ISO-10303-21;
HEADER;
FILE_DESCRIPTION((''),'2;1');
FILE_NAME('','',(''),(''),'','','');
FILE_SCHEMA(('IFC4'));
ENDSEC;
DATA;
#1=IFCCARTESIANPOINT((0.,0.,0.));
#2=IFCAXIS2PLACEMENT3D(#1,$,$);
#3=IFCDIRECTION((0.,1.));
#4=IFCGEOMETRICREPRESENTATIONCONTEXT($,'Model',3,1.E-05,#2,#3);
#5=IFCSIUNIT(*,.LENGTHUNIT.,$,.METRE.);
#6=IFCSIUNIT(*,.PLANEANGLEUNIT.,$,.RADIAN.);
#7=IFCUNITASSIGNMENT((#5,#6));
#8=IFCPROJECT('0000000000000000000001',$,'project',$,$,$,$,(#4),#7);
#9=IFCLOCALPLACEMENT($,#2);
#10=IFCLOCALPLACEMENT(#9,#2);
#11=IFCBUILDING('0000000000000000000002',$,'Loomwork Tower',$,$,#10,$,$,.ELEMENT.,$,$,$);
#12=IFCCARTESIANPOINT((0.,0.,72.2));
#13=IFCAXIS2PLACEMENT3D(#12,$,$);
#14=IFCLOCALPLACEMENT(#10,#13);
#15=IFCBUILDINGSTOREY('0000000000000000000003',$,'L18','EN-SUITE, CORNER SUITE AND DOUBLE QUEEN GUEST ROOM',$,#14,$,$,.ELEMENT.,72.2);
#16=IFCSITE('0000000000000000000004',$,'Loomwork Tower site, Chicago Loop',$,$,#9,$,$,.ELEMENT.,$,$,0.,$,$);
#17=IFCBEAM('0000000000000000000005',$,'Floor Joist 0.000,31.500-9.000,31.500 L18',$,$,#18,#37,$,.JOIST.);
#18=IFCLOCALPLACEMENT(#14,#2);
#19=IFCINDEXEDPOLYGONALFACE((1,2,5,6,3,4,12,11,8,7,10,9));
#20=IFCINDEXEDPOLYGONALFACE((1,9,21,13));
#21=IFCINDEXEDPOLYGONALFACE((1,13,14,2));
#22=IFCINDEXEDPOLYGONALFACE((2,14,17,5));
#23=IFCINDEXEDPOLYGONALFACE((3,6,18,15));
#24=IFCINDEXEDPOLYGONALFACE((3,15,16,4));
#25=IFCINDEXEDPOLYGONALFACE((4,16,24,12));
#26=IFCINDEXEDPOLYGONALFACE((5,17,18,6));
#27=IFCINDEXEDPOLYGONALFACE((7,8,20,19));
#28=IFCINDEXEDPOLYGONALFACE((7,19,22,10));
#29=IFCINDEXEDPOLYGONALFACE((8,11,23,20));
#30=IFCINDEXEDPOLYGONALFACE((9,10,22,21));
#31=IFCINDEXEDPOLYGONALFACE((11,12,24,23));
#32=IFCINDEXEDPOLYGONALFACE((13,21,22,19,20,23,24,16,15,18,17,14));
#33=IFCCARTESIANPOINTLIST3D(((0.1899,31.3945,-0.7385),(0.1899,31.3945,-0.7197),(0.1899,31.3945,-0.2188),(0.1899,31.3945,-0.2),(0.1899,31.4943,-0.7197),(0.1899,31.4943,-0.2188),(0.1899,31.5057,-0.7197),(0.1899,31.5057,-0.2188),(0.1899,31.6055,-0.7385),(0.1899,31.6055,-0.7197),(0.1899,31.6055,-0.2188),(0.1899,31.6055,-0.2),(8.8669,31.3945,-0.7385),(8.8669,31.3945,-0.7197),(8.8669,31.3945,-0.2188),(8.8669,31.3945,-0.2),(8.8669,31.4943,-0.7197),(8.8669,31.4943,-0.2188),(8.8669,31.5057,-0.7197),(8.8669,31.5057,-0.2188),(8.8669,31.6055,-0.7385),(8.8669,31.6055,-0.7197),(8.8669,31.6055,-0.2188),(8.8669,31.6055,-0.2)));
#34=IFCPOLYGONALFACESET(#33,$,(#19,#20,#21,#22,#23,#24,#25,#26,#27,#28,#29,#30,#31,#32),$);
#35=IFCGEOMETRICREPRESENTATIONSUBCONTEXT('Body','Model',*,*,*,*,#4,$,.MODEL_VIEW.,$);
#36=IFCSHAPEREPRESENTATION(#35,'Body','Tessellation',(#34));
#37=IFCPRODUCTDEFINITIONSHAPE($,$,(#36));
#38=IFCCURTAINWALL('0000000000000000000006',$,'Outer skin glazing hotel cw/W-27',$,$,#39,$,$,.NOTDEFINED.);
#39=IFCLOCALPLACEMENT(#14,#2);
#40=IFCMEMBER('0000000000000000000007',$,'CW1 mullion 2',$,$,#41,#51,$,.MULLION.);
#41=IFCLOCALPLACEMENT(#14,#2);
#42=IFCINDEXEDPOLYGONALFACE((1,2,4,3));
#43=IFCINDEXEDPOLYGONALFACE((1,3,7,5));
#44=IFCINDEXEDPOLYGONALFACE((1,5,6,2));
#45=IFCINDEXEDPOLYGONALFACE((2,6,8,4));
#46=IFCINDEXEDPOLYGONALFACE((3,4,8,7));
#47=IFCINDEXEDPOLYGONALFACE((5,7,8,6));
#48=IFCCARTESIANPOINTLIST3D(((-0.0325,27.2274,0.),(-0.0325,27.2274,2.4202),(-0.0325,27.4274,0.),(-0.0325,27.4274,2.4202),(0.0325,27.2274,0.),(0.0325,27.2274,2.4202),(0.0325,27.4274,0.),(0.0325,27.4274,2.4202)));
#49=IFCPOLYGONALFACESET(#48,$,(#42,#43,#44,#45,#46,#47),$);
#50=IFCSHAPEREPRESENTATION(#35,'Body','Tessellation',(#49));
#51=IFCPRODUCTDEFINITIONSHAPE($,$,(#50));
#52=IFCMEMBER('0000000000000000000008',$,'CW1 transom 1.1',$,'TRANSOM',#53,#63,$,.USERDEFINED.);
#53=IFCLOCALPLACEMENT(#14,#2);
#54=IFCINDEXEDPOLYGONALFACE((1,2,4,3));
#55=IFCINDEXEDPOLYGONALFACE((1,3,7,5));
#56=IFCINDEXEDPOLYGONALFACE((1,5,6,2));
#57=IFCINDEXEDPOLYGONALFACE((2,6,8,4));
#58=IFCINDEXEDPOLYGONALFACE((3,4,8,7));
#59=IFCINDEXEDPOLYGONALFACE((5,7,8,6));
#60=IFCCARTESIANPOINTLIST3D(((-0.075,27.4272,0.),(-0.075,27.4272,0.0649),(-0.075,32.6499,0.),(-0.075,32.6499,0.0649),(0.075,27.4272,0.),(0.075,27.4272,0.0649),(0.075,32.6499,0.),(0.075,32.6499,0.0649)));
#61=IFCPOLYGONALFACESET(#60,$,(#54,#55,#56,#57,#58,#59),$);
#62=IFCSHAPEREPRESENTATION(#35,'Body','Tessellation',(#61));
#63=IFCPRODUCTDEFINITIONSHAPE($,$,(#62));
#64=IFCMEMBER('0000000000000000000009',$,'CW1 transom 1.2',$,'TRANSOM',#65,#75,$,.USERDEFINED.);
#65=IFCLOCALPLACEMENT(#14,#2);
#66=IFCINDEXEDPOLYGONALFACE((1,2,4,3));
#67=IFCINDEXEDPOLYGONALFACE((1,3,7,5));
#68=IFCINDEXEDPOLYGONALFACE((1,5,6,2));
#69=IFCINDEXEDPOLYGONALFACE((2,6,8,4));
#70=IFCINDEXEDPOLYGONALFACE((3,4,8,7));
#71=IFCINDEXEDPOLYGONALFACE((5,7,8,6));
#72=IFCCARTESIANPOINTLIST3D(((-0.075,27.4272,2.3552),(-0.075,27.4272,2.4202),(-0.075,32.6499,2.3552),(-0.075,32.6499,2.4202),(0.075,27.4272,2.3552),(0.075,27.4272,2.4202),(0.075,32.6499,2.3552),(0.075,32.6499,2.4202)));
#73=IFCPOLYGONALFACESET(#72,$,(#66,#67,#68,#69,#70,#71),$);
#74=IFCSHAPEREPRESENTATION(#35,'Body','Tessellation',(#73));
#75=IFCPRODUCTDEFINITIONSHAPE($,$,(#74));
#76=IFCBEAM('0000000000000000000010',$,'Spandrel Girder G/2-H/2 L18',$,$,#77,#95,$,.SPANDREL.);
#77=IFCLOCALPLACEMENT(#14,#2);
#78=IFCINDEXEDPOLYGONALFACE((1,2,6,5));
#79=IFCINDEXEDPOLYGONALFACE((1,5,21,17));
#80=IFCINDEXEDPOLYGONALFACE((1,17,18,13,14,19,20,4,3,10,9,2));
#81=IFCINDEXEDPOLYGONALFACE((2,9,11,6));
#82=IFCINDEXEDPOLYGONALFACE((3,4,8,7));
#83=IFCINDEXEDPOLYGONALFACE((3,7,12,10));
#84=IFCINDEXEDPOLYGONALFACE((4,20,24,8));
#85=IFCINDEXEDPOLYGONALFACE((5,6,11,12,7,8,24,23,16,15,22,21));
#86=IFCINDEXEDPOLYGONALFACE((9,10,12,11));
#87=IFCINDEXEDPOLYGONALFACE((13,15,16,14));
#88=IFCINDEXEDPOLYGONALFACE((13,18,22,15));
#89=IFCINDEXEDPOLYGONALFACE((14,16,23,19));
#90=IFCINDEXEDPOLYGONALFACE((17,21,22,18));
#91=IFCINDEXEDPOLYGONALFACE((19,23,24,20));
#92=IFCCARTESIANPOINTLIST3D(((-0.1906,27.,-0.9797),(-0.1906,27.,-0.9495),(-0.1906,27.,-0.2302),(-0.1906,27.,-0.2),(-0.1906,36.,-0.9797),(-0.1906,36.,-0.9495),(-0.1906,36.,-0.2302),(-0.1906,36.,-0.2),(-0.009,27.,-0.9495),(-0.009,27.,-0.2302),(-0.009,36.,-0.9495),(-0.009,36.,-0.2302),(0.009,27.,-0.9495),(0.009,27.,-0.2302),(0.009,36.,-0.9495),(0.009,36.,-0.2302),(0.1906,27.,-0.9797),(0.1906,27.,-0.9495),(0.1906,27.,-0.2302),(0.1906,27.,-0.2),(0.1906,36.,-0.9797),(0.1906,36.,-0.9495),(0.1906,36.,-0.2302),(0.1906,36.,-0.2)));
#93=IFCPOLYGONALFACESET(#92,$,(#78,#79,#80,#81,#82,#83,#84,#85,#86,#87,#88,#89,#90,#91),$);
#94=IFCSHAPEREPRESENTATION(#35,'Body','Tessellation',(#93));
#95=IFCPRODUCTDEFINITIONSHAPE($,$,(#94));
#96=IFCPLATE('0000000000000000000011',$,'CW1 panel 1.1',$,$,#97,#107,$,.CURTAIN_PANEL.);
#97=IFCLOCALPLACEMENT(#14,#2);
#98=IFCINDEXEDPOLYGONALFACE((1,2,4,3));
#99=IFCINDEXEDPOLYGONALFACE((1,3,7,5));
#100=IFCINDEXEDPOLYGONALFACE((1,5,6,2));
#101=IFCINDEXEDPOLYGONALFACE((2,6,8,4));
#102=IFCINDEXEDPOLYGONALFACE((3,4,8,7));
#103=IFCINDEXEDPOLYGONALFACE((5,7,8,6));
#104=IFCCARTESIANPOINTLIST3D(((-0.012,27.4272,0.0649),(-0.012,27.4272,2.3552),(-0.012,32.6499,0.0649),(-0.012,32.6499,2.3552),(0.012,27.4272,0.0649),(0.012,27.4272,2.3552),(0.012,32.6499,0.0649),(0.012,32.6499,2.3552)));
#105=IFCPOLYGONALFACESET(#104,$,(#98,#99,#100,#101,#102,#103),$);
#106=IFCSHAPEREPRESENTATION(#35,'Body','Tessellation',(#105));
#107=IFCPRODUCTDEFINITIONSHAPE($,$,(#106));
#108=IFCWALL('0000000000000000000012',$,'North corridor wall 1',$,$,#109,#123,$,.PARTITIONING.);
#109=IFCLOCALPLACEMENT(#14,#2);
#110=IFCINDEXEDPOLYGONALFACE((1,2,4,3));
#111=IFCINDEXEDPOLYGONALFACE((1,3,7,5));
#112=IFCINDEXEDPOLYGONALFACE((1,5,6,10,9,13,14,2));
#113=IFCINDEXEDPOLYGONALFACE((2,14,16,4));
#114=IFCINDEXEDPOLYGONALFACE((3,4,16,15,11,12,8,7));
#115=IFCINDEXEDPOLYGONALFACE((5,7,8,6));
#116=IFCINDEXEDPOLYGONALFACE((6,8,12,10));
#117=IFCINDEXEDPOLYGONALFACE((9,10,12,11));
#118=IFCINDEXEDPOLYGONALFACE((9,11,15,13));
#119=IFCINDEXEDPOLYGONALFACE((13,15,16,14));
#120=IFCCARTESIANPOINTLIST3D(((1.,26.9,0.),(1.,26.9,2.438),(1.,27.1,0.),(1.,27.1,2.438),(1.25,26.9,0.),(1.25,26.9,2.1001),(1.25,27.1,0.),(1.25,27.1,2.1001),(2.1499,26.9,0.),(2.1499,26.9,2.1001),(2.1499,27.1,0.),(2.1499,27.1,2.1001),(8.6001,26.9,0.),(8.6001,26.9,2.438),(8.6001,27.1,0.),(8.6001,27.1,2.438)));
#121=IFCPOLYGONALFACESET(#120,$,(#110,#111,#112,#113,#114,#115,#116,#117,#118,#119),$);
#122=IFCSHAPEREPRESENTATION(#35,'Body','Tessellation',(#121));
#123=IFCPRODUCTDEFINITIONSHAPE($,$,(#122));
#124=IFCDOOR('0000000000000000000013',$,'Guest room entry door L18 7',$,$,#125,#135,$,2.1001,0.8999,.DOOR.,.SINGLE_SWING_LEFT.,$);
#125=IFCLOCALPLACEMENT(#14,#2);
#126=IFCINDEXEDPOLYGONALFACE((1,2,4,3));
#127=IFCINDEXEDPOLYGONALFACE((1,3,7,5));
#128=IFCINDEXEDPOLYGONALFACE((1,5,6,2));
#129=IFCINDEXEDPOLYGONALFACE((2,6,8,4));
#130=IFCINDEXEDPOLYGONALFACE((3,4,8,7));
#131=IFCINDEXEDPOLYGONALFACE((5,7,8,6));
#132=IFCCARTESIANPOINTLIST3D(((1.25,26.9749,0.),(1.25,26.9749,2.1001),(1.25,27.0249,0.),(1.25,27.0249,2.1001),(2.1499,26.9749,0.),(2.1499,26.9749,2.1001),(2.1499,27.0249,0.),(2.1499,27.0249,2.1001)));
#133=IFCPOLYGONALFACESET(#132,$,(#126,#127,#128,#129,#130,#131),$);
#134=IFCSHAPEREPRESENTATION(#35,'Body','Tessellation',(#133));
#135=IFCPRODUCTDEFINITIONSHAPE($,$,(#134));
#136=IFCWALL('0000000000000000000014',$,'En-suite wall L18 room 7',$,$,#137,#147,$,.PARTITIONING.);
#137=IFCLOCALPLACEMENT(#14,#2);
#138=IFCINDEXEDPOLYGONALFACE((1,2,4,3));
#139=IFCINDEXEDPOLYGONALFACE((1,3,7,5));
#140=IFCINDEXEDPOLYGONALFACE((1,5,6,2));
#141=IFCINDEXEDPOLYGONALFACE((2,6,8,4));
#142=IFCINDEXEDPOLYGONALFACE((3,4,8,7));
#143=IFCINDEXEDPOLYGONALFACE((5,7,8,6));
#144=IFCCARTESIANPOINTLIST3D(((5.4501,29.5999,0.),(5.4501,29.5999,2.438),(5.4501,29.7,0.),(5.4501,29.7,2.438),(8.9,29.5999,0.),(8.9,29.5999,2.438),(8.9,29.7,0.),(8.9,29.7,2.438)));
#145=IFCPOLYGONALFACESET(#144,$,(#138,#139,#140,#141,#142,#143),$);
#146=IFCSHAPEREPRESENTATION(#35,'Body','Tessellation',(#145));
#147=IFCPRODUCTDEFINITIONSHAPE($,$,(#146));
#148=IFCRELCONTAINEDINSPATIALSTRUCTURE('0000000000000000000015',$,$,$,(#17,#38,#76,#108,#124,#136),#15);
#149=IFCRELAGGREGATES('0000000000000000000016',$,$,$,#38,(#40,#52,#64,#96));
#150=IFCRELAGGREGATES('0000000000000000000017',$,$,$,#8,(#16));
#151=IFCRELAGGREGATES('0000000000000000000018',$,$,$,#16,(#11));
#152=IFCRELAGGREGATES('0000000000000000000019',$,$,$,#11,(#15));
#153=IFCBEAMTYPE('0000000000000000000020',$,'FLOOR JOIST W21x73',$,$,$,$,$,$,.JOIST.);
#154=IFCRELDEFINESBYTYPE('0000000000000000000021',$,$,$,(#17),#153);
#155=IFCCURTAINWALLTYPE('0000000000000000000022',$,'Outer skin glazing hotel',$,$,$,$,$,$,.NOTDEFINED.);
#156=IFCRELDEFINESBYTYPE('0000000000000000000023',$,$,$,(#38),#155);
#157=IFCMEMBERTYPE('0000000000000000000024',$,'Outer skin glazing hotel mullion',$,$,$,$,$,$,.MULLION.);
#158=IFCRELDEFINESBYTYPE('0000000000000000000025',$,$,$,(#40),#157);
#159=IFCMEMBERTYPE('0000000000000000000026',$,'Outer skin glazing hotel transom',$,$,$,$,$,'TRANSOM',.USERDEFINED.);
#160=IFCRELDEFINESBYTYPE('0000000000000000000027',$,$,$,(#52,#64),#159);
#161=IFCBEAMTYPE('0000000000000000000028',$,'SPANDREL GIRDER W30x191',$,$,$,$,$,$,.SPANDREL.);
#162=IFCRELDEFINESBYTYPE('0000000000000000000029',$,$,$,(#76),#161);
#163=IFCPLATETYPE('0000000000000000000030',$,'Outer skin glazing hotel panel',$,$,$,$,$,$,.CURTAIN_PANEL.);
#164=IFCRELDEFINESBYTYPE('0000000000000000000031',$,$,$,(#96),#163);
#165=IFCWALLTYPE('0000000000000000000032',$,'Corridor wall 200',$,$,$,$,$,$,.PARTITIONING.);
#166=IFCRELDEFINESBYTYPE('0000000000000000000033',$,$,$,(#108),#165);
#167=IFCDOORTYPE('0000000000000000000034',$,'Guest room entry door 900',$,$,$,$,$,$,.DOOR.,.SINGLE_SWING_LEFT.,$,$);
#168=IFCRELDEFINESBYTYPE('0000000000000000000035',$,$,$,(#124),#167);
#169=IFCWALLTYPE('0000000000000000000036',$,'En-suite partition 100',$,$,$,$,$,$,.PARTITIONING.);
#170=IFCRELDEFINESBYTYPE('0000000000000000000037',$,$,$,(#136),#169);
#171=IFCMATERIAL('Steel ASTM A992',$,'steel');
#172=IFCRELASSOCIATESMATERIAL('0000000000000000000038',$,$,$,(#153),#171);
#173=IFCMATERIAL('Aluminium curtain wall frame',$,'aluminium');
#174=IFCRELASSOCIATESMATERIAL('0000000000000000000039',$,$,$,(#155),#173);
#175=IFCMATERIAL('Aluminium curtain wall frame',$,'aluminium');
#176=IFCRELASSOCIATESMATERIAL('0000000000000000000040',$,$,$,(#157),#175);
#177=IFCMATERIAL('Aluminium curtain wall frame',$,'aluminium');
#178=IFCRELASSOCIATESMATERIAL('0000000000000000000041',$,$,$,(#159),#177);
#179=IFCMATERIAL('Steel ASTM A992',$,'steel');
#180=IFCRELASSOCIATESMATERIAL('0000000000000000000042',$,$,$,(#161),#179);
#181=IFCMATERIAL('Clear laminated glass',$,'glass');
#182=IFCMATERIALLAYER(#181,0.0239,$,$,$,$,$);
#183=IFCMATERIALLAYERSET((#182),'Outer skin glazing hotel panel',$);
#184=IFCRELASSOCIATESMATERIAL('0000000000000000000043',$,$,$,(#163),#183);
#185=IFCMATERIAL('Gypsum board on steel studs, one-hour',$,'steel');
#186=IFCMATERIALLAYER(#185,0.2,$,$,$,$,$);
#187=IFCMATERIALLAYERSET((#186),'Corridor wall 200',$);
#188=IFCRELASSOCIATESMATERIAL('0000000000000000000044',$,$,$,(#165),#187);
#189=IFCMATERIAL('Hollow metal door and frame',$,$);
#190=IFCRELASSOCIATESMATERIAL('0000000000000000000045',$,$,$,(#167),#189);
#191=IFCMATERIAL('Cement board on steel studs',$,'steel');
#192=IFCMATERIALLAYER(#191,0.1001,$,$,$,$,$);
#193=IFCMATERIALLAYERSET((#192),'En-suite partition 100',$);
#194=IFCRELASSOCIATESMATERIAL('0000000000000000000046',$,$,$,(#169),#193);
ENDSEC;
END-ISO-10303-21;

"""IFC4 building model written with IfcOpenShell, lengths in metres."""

from ifc_helpers import new_model, si_unit, direction, frame, frame_2d, origin, origin_2d, place, context, subcontext, project, spatial, rectangle, i_section, extrude, material, layer, layer_set, material_profile, profile_set, type_object, element, fill, aggregate, save


model = new_model("IFC4")

# Units and contexts
model_context = context("Model", 3, precision=1e-05, world=origin(), true_north=direction((0.0, 1.0)))
body_context = subcontext(model_context, "Body", "Model", "MODEL_VIEW")
ifc_project = project(units=[si_unit("LENGTHUNIT", "METRE"), si_unit("PLANEANGLEUNIT", "RADIAN")], contexts=[model_context])

# Site, building, storey
site_placement = place(None, origin())
site = spatial("IfcSite", under=ifc_project, at=site_placement, Name="Loomwork Tower site, Chicago Loop", CompositionType="ELEMENT", RefElevation=0.0)
building_placement = place(site_placement, origin())
building = spatial("IfcBuilding", under=site, at=building_placement, Name="Loomwork Tower", CompositionType="ELEMENT")
storey_placement = place(building_placement, frame((0.0, 0.0, 72.2)))
storey = spatial("IfcBuildingStorey", under=building, at=storey_placement, Name="L18", Description="EN-SUITE, CORNER SUITE AND DOUBLE QUEEN GUEST ROOM", CompositionType="ELEMENT", Elevation=72.2)

# Beam
ifc_material_1 = material(Name="Steel ASTM A992", Category="steel")
ifc_material_profile_1 = material_profile(ifc_material_1, i_section(OverallWidth=0.2109, OverallDepth=0.5386, WebThickness=0.0115, FlangeThickness=0.0188, at=origin_2d()), Name="W21x73")
ifc_profile_set_1 = profile_set([ifc_material_profile_1], Name="Steel ASTM A992")
beam_type_1 = type_object("IfcBeamType", Name="FLOOR JOIST W21x73", PredefinedType="JOIST", material=ifc_profile_set_1)
beam_1_placement = place(storey_placement, frame((0.1899, 31.5, -0.4692), z_axis=(1.0, 0.0, 0.0), x_axis=(0.0, 1.0, 0.0)))
element("IfcBeam", 1, at=beam_1_placement, inside=storey, type_object=beam_type_1, Name="Floor Joist 0.000,31.500-9.000,31.500 L18", PredefinedType="JOIST", context=body_context, shape_type="SweptSolid", body=[
    extrude(i_section(OverallWidth=0.2109, OverallDepth=0.5386, WebThickness=0.0115, FlangeThickness=0.0188, at=origin_2d()), origin(), (0.0, 0.0, 1.0), 8.677),
])

# Curtain wall, members
ifc_material_2 = material(Name="Aluminium curtain wall frame", Category="aluminium")
curtain_wall_type = type_object("IfcCurtainWallType", Name="Outer skin glazing hotel", PredefinedType="NOTDEFINED", material=ifc_material_2)
curtain_wall_placement = place(storey_placement, origin())
curtain_wall = element("IfcCurtainWall", 2, at=curtain_wall_placement, inside=storey, type_object=curtain_wall_type, Name="Outer skin glazing hotel cw/W-27", PredefinedType="NOTDEFINED")
ifc_material_3 = material(Name="Aluminium curtain wall frame", Category="aluminium")
ifc_material_profile_2 = material_profile(ifc_material_3, rectangle(XDim=0.0649, YDim=0.2, at=origin_2d()), Name="AL 65x200")
ifc_profile_set_2 = profile_set([ifc_material_profile_2], Name="Aluminium curtain wall frame")
member_type_1 = type_object("IfcMemberType", Name="Outer skin glazing hotel mullion", PredefinedType="MULLION", material=ifc_profile_set_2)
member_1_placement = place(storey_placement, frame((0.0, 27.3274, 0.0), z_axis=(0.0, 0.0, 1.0), x_axis=(1.0, 0.0, 0.0)))
member_1 = element("IfcMember", 3, at=member_1_placement, type_object=member_type_1, Name="CW1 mullion 2", PredefinedType="MULLION", context=body_context, shape_type="SweptSolid", body=[
    extrude(rectangle(XDim=0.0649, YDim=0.2, at=origin_2d()), origin(), (0.0, 0.0, 1.0), 2.4202),
])
ifc_material_4 = material(Name="Aluminium curtain wall frame", Category="aluminium")
ifc_material_profile_3 = material_profile(ifc_material_4, rectangle(XDim=0.1499, YDim=0.0649, at=origin_2d()), Name="AL 65x150")
ifc_profile_set_3 = profile_set([ifc_material_profile_3], Name="Aluminium curtain wall frame")
member_type_2 = type_object("IfcMemberType", Name="Outer skin glazing hotel transom", ElementType="TRANSOM", PredefinedType="USERDEFINED", material=ifc_profile_set_3)
member_2_placement = place(storey_placement, frame((0.0, 32.6499, 0.0325), z_axis=(0.0, -1.0, 0.0), x_axis=(1.0, 0.0, 0.0)))
member_2 = element("IfcMember", 4, at=member_2_placement, type_object=member_type_2, Name="CW1 transom 1.1", ObjectType="TRANSOM", PredefinedType="USERDEFINED", context=body_context, shape_type="SweptSolid", body=[
    extrude(rectangle(XDim=0.1499, YDim=0.0649, at=origin_2d()), origin(), (0.0, 0.0, 1.0), 5.2227),
])
member_3_placement = place(storey_placement, frame((0.0, 32.6499, 2.3877), z_axis=(0.0, -1.0, 0.0), x_axis=(1.0, 0.0, 0.0)))
member_3 = element("IfcMember", 5, at=member_3_placement, type_object=member_type_2, Name="CW1 transom 1.2", ObjectType="TRANSOM", PredefinedType="USERDEFINED", context=body_context, shape_type="SweptSolid", body=[
    extrude(rectangle(XDim=0.1499, YDim=0.0649, at=origin_2d()), origin(), (0.0, 0.0, 1.0), 5.2227),
])

# Beam
ifc_material_5 = material(Name="Steel ASTM A992", Category="steel")
ifc_material_profile_4 = material_profile(ifc_material_5, i_section(OverallWidth=0.3811, OverallDepth=0.7798, WebThickness=0.0181, FlangeThickness=0.0303, at=origin_2d()), Name="W30x191")
ifc_profile_set_4 = profile_set([ifc_material_profile_4], Name="Steel ASTM A992")
beam_type_2 = type_object("IfcBeamType", Name="SPANDREL GIRDER W30x191", PredefinedType="SPANDREL", material=ifc_profile_set_4)
beam_2_placement = place(storey_placement, frame((0.0, 27.0, -0.5898), z_axis=(0.0, 1.0, 0.0), x_axis=(-1.0, 0.0, 0.0)))
element("IfcBeam", 6, at=beam_2_placement, inside=storey, type_object=beam_type_2, Name="Spandrel Girder G/2-H/2 L18", PredefinedType="SPANDREL", context=body_context, shape_type="SweptSolid", body=[
    extrude(i_section(OverallWidth=0.3811, OverallDepth=0.7798, WebThickness=0.0181, FlangeThickness=0.0303, at=origin_2d()), origin(), (0.0, 0.0, 1.0), 9.0),
])

# Plate
ifc_material_6 = material(Name="Clear laminated glass", Category="glass")
ifc_layer_1 = layer(ifc_material_6, 0.0239)
ifc_layer_set_1 = layer_set([ifc_layer_1], Name="Outer skin glazing hotel panel")
plate_type = type_object("IfcPlateType", Name="Outer skin glazing hotel panel", PredefinedType="CURTAIN_PANEL", material=ifc_layer_set_1)
plate_placement = place(storey_placement, frame((0.0, 30.0386, 0.0649), z_axis=(0.0, 0.0, 1.0), x_axis=(0.0, -1.0, 0.0)))
plate = element("IfcPlate", 7, at=plate_placement, type_object=plate_type, Name="CW1 panel 1.1", PredefinedType="CURTAIN_PANEL", context=body_context, shape_type="SweptSolid", body=[
    extrude(rectangle(XDim=5.2227, YDim=0.0239, at=origin_2d()), origin(), (0.0, 0.0, 1.0), 2.2903),
])
aggregate(curtain_wall, [member_1, member_2, member_3, plate])

# Wall, opening, door
ifc_material_7 = material(Name="Gypsum board on steel studs, one-hour", Category="steel")
ifc_layer_2 = layer(ifc_material_7, 0.2)
ifc_layer_set_2 = layer_set([ifc_layer_2], Name="Corridor wall 200")
wall_type_1 = type_object("IfcWallType", Name="Corridor wall 200", PredefinedType="PARTITIONING", material=ifc_layer_set_2)
wall_1_placement = place(storey_placement, frame((1.0, 27.0, 0.0), z_axis=(0.0, 0.0, 1.0), x_axis=(1.0, 0.0, 0.0)))
wall_1 = element("IfcWall", 8, at=wall_1_placement, inside=storey, type_object=wall_type_1, Name="North corridor wall 1", PredefinedType="PARTITIONING", context=body_context, shape_type="SweptSolid", body=[
    extrude(rectangle(XDim=7.6001, YDim=0.2, at=frame_2d((3.8, 0.0))), origin(), (0.0, 0.0, 1.0), 2.438),
])
opening_1_placement = place(wall_1_placement, frame((0.25, 0.0, 0.0)))
opening_1 = element("IfcOpeningElement", 9, at=opening_1_placement, cuts=wall_1, PredefinedType="OPENING", context=body_context, shape_type="SweptSolid", body=[
    extrude(rectangle(XDim=0.8999, YDim=2.1001, at=frame_2d((0.45, 1.05))), frame((0.0, 0.1099, 0.0), z_axis=(0.0, -1.0, 0.0), x_axis=(1.0, 0.0, 0.0)), (0.0, 0.0, 1.0), 0.22),
])
ifc_material_8 = material(Name="Hollow metal door and frame")
door_type_1 = type_object("IfcDoorType", Name="Guest room entry door 900", OperationType="SINGLE_SWING_LEFT", PredefinedType="DOOR", material=ifc_material_8)
door_1_placement = place(opening_1_placement, origin())
door_1 = element("IfcDoor", 10, at=door_1_placement, inside=storey, type_object=door_type_1, Name="Guest room entry door L18 7", OperationType="SINGLE_SWING_LEFT", OverallHeight=2.1001, OverallWidth=0.8999, PredefinedType="DOOR", context=body_context, shape_type="SweptSolid", body=[
    extrude(rectangle(XDim=0.8999, YDim=2.1001, at=frame_2d((0.45, 1.05))), frame((0.0, 0.0249, 0.0), z_axis=(0.0, -1.0, 0.0), x_axis=(1.0, 0.0, 0.0)), (0.0, 0.0, 1.0), 0.05),
])
fill(opening_1, door_1)

# Wall
ifc_material_9 = material(Name="Cement board on steel studs", Category="steel")
ifc_layer_3 = layer(ifc_material_9, 0.1001)
ifc_layer_set_3 = layer_set([ifc_layer_3], Name="En-suite partition 100")
wall_type_2 = type_object("IfcWallType", Name="En-suite partition 100", PredefinedType="PARTITIONING", material=ifc_layer_set_3)
wall_2_placement = place(storey_placement, frame((5.45, 29.6499, 0.0), z_axis=(0.0, 0.0, 1.0), x_axis=(1.0, 0.0, 0.0)))
element("IfcWall", 11, at=wall_2_placement, inside=storey, type_object=wall_type_2, Name="En-suite wall L18 room 7", PredefinedType="PARTITIONING", context=body_context, shape_type="SweptSolid", body=[
    extrude(rectangle(XDim=3.45, YDim=0.1001, at=frame_2d((1.7251, 0.0))), origin(), (0.0, 0.0, 1.0), 2.438),
])

save(model, "model.ifc")
